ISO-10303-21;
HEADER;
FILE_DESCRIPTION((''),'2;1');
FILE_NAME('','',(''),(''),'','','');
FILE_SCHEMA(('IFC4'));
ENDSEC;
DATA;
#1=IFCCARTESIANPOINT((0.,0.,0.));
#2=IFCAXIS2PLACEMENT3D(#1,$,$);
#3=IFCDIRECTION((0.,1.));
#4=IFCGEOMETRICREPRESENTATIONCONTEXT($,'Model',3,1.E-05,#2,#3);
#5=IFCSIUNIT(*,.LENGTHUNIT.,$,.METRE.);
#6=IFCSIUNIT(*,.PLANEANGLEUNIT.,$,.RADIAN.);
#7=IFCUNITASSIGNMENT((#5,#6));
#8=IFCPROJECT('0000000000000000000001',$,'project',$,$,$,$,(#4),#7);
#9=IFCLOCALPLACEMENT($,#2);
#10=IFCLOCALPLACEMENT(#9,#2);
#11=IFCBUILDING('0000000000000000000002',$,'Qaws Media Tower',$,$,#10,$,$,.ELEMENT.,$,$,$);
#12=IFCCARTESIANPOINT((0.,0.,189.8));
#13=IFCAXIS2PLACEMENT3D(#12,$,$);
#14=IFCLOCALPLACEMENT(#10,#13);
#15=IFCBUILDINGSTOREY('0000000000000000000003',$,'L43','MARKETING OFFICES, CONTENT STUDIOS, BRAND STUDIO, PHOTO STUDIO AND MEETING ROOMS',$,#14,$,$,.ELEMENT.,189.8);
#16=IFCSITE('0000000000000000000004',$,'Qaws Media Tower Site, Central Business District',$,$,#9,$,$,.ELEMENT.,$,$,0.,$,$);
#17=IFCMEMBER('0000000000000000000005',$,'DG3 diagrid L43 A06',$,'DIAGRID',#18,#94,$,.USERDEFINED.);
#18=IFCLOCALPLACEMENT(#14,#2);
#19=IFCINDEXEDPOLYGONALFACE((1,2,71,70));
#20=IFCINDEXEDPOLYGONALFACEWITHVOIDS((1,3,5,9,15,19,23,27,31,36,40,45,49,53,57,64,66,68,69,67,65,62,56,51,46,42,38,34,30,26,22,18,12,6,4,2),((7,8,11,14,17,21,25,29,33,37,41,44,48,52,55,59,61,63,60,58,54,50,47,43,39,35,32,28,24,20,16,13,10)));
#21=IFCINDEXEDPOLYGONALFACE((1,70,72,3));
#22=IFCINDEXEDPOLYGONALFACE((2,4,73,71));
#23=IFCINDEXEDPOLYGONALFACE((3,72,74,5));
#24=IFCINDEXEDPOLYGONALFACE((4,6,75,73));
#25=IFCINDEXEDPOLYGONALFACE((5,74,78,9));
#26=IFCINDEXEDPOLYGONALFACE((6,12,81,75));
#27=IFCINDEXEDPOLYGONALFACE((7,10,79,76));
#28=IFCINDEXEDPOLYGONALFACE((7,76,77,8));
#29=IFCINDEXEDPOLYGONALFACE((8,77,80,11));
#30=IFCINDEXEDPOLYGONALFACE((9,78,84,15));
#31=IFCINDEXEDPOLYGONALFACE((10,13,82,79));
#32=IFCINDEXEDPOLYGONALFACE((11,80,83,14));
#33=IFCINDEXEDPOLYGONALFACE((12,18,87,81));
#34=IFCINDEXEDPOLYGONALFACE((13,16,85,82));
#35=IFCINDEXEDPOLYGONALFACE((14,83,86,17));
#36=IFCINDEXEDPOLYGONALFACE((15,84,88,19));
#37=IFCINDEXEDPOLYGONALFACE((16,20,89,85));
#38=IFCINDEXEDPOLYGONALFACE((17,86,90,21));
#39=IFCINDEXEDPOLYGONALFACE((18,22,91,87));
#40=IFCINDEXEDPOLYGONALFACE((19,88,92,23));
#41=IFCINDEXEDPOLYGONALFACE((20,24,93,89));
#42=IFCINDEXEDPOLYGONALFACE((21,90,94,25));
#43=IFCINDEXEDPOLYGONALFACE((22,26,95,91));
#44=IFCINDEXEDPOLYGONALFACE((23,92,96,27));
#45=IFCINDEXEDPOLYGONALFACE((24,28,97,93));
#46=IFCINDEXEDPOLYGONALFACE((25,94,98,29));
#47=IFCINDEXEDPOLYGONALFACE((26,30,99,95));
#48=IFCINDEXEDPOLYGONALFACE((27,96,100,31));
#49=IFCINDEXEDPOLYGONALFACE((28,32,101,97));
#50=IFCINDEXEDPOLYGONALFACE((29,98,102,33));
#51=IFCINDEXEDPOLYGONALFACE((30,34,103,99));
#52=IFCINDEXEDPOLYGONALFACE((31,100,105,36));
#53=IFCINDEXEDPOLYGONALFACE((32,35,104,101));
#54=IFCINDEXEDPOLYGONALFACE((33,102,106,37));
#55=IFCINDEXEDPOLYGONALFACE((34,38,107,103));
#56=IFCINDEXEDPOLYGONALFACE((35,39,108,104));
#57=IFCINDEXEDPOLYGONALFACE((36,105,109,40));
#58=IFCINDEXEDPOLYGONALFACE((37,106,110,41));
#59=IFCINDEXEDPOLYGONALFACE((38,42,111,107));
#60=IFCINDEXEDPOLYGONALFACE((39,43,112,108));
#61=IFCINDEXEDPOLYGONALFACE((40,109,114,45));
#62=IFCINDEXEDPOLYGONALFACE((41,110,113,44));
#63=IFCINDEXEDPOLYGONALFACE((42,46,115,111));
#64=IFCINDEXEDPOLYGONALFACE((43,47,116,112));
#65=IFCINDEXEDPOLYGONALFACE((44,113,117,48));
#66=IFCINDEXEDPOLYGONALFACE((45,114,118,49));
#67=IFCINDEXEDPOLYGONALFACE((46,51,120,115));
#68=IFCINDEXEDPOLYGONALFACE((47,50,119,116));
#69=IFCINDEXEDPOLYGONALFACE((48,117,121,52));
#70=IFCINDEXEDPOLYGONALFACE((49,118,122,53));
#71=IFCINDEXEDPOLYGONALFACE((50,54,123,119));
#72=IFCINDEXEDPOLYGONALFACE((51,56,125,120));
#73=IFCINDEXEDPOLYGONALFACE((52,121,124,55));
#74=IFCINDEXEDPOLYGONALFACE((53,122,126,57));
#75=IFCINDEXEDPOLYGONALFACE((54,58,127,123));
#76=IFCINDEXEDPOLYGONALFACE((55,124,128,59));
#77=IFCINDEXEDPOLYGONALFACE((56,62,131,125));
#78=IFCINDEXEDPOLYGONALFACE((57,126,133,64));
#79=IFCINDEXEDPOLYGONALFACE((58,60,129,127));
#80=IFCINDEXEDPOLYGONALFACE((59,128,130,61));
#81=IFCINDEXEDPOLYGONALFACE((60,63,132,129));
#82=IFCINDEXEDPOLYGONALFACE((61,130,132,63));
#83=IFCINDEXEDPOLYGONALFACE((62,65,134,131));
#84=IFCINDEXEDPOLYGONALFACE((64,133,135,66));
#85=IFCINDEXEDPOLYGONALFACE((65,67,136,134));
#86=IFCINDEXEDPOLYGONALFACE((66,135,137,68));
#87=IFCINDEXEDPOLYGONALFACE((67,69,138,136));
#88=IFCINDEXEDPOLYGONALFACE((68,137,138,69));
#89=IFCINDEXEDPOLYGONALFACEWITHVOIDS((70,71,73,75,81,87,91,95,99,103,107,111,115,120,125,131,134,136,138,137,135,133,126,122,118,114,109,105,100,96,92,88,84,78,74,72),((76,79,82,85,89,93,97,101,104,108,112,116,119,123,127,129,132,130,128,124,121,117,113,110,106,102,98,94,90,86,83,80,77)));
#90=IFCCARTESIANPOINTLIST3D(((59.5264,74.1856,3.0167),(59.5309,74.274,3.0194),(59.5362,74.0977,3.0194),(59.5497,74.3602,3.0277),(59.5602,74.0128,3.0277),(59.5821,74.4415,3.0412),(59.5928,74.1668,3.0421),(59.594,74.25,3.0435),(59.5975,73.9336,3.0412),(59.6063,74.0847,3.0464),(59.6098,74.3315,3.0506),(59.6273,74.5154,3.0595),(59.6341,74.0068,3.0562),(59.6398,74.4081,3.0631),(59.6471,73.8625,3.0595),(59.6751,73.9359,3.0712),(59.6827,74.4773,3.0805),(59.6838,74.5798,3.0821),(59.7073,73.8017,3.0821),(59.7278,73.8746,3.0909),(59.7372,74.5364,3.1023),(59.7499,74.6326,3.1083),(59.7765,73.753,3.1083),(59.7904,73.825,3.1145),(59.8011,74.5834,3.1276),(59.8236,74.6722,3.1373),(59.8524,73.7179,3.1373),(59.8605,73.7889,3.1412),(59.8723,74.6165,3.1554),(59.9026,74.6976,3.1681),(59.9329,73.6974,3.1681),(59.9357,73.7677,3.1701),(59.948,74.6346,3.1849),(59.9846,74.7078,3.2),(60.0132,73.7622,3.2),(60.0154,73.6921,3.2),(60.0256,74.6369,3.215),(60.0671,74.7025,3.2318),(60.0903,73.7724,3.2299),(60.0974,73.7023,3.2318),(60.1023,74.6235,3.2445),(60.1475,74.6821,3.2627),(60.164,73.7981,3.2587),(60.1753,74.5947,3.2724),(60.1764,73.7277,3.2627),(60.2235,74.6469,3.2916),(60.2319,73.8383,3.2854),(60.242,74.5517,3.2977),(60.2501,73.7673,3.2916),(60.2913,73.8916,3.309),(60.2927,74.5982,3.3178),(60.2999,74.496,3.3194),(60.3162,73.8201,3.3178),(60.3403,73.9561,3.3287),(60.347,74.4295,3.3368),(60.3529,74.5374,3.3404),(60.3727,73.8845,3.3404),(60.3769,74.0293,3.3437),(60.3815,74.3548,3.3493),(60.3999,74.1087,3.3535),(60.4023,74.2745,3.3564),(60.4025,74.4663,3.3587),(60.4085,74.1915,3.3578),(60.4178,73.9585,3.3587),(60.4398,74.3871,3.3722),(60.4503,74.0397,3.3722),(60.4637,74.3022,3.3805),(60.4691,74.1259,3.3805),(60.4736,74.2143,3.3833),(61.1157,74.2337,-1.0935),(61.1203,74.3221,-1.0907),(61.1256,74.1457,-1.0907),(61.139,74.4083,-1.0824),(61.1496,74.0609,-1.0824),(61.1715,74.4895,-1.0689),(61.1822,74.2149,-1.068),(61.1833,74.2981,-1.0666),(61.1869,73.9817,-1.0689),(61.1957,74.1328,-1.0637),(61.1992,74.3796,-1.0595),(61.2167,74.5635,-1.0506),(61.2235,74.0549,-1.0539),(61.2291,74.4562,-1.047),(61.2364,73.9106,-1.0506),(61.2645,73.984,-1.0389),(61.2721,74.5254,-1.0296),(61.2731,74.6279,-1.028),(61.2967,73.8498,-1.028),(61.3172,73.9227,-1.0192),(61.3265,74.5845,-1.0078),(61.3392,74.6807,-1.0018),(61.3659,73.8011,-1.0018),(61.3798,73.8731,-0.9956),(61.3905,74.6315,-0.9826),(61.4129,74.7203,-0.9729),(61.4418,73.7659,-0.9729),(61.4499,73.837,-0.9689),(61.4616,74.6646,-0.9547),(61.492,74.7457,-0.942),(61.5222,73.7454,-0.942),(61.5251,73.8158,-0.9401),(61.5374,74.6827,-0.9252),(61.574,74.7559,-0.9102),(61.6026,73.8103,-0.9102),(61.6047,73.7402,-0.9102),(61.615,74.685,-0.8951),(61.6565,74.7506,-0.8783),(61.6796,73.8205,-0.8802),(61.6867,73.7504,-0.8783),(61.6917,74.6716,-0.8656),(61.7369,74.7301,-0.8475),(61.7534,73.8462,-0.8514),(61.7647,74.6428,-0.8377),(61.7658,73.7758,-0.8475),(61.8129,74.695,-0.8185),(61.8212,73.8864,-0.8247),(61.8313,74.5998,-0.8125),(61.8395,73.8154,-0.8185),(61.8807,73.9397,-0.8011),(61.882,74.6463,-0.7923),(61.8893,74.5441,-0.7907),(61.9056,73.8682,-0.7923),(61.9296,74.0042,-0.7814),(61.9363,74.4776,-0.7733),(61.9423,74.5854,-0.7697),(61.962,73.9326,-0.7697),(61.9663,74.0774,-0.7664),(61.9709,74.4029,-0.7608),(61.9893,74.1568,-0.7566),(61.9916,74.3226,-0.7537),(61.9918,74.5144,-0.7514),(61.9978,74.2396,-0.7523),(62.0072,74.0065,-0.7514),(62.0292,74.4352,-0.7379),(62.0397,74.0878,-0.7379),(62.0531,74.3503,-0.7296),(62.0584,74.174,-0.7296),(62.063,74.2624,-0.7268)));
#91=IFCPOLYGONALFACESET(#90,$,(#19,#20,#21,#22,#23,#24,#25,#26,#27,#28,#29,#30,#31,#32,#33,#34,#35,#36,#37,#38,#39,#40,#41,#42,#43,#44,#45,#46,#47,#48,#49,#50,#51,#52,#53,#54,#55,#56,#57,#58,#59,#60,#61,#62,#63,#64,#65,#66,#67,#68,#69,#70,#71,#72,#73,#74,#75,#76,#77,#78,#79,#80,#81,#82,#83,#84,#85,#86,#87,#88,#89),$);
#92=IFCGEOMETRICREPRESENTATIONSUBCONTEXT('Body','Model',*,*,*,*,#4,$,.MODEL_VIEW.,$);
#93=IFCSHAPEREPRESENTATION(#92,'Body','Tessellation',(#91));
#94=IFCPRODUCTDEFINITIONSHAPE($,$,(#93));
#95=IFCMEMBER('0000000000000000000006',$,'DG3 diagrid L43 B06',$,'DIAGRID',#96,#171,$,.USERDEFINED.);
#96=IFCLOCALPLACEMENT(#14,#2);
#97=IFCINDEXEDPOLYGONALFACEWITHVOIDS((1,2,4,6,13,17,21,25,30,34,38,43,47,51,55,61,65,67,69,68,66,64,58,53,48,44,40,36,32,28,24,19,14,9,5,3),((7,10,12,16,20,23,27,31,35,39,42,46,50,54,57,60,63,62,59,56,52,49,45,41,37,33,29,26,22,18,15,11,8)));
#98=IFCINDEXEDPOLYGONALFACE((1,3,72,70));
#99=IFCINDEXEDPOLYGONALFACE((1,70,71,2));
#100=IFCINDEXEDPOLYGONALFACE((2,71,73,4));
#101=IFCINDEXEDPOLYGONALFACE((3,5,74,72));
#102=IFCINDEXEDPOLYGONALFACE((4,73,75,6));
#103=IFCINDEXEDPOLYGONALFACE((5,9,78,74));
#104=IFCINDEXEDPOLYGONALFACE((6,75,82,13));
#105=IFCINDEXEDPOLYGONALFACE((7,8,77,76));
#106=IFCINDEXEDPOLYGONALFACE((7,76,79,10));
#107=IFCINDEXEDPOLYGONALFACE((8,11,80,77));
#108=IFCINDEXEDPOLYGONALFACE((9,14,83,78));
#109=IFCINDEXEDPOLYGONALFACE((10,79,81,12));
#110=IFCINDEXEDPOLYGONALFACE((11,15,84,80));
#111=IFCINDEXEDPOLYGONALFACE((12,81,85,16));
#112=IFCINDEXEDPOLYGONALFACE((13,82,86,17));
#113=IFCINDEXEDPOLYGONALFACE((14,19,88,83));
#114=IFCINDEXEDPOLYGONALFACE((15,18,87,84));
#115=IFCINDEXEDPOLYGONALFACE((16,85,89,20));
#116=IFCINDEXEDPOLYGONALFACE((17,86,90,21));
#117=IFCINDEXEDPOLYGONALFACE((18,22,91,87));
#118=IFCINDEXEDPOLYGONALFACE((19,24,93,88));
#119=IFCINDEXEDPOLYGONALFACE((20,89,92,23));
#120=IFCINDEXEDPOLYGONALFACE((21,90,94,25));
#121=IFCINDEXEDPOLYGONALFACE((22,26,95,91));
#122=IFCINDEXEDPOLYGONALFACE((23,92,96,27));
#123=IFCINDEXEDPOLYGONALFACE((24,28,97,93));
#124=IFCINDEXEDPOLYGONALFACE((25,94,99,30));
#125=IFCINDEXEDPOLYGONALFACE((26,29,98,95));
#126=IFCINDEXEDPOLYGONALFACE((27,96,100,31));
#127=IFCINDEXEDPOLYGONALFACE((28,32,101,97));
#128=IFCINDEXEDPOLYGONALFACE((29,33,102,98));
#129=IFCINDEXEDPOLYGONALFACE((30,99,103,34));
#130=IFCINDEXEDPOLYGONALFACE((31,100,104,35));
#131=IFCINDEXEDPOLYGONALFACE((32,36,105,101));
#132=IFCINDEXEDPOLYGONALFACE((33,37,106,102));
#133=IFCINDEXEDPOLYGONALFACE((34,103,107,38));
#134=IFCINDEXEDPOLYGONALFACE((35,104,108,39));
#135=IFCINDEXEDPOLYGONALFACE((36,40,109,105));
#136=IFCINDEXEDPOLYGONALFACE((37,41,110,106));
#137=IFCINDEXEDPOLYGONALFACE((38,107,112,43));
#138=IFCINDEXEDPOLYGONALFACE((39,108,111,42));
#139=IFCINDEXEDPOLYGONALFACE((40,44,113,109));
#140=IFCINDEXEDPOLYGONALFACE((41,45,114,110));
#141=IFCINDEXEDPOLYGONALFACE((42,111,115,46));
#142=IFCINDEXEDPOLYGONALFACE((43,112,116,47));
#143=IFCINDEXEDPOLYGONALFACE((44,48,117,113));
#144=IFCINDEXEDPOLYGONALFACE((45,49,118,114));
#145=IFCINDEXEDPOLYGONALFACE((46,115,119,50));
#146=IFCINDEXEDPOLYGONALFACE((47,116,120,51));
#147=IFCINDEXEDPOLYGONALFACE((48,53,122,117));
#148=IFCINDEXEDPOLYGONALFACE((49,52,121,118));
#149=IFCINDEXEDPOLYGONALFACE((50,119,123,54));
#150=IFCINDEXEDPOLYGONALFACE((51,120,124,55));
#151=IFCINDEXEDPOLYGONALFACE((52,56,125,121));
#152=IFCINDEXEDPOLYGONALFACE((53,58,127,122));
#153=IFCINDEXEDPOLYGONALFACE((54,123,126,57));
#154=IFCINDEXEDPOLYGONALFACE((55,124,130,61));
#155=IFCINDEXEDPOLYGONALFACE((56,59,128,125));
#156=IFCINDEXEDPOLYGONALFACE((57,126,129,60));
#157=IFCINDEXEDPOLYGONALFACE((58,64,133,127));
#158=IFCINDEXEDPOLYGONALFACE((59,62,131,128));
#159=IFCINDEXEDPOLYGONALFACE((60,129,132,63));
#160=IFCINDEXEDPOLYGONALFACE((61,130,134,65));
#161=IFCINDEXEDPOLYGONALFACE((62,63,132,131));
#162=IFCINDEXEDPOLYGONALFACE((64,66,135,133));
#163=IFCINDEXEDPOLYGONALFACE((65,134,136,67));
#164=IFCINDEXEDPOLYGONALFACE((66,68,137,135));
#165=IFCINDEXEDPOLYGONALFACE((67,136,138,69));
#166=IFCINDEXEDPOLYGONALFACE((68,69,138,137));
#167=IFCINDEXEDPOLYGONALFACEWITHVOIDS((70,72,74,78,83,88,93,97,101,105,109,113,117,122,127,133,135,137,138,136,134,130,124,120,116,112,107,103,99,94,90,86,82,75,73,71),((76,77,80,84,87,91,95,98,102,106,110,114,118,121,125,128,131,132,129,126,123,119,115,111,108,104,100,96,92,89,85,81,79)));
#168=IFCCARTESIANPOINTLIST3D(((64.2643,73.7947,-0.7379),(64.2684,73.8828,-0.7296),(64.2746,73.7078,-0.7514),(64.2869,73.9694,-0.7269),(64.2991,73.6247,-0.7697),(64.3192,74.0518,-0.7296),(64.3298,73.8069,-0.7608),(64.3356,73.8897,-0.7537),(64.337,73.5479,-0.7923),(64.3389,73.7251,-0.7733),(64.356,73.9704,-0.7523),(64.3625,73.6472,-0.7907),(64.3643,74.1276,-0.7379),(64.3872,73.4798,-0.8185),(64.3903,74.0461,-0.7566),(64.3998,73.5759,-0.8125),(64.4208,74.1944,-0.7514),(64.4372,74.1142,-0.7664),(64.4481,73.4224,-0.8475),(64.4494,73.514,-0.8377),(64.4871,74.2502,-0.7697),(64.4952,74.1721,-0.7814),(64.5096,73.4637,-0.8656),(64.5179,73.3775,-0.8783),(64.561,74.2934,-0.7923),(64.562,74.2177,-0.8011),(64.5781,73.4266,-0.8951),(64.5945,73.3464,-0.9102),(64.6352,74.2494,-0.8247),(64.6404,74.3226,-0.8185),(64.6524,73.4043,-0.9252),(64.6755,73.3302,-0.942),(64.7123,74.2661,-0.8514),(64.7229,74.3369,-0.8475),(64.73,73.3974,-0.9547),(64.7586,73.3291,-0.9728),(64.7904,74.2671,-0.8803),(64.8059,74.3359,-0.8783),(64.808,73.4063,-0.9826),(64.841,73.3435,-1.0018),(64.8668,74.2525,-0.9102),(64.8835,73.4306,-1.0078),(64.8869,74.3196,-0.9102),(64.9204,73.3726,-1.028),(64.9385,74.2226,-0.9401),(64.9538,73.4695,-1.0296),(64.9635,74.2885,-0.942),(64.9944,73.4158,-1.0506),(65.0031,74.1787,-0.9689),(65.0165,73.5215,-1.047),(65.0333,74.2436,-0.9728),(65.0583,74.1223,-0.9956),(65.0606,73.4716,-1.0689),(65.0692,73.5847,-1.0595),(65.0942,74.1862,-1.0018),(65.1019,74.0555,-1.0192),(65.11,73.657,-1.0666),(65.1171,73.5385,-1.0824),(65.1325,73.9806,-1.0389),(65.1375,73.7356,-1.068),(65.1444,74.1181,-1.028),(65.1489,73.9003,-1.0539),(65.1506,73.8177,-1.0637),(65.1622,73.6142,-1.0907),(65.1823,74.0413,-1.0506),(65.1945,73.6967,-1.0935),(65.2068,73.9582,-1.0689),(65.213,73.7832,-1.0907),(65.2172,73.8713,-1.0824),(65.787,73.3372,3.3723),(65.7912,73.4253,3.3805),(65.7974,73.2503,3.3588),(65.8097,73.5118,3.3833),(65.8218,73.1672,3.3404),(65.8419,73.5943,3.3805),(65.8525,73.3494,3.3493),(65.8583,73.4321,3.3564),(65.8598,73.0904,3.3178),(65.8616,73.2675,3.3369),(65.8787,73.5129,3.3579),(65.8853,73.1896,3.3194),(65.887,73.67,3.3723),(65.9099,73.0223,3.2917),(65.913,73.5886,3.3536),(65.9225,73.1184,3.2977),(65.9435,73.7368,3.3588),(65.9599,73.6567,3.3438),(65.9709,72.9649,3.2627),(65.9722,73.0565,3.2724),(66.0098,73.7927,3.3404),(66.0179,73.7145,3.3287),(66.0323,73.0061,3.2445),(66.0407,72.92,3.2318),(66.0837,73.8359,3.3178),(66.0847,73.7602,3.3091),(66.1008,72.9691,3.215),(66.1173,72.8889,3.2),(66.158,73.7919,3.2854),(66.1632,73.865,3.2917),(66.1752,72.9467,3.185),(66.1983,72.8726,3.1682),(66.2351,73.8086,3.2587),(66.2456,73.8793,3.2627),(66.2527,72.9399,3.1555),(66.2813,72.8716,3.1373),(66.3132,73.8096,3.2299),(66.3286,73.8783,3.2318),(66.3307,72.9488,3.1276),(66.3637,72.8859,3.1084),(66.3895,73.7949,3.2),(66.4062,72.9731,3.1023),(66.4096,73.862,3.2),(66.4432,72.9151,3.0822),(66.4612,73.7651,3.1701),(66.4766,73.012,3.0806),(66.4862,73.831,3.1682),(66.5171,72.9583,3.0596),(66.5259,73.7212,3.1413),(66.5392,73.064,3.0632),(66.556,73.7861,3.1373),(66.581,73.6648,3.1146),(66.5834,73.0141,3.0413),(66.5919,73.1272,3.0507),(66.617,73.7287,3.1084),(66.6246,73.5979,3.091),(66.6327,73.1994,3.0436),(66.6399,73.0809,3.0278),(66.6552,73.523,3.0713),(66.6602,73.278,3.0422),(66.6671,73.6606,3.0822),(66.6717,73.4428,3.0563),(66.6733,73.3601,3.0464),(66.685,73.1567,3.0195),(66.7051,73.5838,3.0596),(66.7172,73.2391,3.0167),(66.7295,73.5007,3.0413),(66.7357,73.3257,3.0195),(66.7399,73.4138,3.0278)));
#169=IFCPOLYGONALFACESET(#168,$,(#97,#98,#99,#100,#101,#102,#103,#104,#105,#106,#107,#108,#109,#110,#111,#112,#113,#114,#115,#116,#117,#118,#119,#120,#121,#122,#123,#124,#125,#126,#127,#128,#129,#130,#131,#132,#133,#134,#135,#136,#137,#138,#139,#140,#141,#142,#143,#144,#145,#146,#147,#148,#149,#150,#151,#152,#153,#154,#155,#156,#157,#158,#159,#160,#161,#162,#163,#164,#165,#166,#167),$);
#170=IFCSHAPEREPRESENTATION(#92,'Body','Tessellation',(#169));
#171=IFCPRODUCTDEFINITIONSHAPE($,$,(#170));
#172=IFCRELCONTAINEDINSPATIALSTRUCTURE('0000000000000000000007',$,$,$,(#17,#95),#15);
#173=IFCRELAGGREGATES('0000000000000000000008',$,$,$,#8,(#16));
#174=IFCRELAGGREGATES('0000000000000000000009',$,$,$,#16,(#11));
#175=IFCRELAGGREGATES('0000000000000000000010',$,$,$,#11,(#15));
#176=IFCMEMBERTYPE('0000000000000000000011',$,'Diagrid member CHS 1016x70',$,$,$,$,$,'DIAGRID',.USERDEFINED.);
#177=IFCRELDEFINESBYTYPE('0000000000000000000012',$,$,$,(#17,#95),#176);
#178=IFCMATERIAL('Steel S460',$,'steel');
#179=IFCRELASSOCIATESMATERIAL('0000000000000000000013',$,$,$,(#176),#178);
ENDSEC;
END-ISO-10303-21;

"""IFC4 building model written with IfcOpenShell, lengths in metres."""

from ifc_helpers import new_model, si_unit, direction, frame, origin, origin_2d, place, context, subcontext, project, spatial, hollow_circle, extrude, material, material_profile, profile_set, type_object, element, save


model = new_model("IFC4")

# Units and contexts
model_context = context("Model", 3, precision=1e-05, world=origin(), true_north=direction((0.0, 1.0)))
body_context = subcontext(model_context, "Body", "Model", "MODEL_VIEW")
ifc_project = project(units=[si_unit("LENGTHUNIT", "METRE"), si_unit("PLANEANGLEUNIT", "RADIAN")], contexts=[model_context])

# Site, building, storey
site_placement = place(None, origin())
site = spatial("IfcSite", under=ifc_project, at=site_placement, Name="Qaws Media Tower Site, Central Business District", CompositionType="ELEMENT", RefElevation=0.0)
building_placement = place(site_placement, origin())
building = spatial("IfcBuilding", under=site, at=building_placement, Name="Qaws Media Tower", CompositionType="ELEMENT")
storey_placement = place(building_placement, frame((0.0, 0.0, 189.8)))
storey = spatial("IfcBuildingStorey", under=building, at=storey_placement, Name="L43", Description="MARKETING OFFICES, CONTENT STUDIOS, BRAND STUDIO, PHOTO STUDIO AND MEETING ROOMS", CompositionType="ELEMENT", Elevation=189.8)

# Members
ifc_material_1 = material(Name="Steel S460", Category="steel")
ifc_material_profile_1 = material_profile(ifc_material_1, hollow_circle(Radius=0.5081, WallThickness=0.0701, at=origin_2d()), Name="CHS 1016x70")
ifc_profile_set_1 = profile_set([ifc_material_profile_1], Name="Steel S460")
member_type_1 = type_object("IfcMemberType", Name="Diagrid member CHS 1016x70", ElementType="DIAGRID", PredefinedType="USERDEFINED", material=ifc_profile_set_1)
for number, where, z_axis, x_axis, name in (
    (1, (61.5894, 74.248, -0.9102), (-0.360646, -0.010914, 0.932639), (0.030247, -0.999542, 0.0), "DG3 diagrid L43 A06"),
    (2, (64.7407, 73.833, -0.9102), (0.345526, -0.103818, 0.932649), (0.287756, 0.957704, 0.0), "DG3 diagrid L43 B06"),
):
    element("IfcMember", number, at=place(storey_placement, frame(where, z_axis=z_axis, x_axis=x_axis)), inside=storey, type_object=member_type_1, Name=name, ObjectType="DIAGRID", PredefinedType="USERDEFINED", context=body_context, shape_type="SweptSolid", body=[
        extrude(hollow_circle(Radius=0.5081, WallThickness=0.0701, at=origin_2d()), origin(), (0.0, 0.0, 1.0), 4.407),
    ])

save(model, "model.ifc")
